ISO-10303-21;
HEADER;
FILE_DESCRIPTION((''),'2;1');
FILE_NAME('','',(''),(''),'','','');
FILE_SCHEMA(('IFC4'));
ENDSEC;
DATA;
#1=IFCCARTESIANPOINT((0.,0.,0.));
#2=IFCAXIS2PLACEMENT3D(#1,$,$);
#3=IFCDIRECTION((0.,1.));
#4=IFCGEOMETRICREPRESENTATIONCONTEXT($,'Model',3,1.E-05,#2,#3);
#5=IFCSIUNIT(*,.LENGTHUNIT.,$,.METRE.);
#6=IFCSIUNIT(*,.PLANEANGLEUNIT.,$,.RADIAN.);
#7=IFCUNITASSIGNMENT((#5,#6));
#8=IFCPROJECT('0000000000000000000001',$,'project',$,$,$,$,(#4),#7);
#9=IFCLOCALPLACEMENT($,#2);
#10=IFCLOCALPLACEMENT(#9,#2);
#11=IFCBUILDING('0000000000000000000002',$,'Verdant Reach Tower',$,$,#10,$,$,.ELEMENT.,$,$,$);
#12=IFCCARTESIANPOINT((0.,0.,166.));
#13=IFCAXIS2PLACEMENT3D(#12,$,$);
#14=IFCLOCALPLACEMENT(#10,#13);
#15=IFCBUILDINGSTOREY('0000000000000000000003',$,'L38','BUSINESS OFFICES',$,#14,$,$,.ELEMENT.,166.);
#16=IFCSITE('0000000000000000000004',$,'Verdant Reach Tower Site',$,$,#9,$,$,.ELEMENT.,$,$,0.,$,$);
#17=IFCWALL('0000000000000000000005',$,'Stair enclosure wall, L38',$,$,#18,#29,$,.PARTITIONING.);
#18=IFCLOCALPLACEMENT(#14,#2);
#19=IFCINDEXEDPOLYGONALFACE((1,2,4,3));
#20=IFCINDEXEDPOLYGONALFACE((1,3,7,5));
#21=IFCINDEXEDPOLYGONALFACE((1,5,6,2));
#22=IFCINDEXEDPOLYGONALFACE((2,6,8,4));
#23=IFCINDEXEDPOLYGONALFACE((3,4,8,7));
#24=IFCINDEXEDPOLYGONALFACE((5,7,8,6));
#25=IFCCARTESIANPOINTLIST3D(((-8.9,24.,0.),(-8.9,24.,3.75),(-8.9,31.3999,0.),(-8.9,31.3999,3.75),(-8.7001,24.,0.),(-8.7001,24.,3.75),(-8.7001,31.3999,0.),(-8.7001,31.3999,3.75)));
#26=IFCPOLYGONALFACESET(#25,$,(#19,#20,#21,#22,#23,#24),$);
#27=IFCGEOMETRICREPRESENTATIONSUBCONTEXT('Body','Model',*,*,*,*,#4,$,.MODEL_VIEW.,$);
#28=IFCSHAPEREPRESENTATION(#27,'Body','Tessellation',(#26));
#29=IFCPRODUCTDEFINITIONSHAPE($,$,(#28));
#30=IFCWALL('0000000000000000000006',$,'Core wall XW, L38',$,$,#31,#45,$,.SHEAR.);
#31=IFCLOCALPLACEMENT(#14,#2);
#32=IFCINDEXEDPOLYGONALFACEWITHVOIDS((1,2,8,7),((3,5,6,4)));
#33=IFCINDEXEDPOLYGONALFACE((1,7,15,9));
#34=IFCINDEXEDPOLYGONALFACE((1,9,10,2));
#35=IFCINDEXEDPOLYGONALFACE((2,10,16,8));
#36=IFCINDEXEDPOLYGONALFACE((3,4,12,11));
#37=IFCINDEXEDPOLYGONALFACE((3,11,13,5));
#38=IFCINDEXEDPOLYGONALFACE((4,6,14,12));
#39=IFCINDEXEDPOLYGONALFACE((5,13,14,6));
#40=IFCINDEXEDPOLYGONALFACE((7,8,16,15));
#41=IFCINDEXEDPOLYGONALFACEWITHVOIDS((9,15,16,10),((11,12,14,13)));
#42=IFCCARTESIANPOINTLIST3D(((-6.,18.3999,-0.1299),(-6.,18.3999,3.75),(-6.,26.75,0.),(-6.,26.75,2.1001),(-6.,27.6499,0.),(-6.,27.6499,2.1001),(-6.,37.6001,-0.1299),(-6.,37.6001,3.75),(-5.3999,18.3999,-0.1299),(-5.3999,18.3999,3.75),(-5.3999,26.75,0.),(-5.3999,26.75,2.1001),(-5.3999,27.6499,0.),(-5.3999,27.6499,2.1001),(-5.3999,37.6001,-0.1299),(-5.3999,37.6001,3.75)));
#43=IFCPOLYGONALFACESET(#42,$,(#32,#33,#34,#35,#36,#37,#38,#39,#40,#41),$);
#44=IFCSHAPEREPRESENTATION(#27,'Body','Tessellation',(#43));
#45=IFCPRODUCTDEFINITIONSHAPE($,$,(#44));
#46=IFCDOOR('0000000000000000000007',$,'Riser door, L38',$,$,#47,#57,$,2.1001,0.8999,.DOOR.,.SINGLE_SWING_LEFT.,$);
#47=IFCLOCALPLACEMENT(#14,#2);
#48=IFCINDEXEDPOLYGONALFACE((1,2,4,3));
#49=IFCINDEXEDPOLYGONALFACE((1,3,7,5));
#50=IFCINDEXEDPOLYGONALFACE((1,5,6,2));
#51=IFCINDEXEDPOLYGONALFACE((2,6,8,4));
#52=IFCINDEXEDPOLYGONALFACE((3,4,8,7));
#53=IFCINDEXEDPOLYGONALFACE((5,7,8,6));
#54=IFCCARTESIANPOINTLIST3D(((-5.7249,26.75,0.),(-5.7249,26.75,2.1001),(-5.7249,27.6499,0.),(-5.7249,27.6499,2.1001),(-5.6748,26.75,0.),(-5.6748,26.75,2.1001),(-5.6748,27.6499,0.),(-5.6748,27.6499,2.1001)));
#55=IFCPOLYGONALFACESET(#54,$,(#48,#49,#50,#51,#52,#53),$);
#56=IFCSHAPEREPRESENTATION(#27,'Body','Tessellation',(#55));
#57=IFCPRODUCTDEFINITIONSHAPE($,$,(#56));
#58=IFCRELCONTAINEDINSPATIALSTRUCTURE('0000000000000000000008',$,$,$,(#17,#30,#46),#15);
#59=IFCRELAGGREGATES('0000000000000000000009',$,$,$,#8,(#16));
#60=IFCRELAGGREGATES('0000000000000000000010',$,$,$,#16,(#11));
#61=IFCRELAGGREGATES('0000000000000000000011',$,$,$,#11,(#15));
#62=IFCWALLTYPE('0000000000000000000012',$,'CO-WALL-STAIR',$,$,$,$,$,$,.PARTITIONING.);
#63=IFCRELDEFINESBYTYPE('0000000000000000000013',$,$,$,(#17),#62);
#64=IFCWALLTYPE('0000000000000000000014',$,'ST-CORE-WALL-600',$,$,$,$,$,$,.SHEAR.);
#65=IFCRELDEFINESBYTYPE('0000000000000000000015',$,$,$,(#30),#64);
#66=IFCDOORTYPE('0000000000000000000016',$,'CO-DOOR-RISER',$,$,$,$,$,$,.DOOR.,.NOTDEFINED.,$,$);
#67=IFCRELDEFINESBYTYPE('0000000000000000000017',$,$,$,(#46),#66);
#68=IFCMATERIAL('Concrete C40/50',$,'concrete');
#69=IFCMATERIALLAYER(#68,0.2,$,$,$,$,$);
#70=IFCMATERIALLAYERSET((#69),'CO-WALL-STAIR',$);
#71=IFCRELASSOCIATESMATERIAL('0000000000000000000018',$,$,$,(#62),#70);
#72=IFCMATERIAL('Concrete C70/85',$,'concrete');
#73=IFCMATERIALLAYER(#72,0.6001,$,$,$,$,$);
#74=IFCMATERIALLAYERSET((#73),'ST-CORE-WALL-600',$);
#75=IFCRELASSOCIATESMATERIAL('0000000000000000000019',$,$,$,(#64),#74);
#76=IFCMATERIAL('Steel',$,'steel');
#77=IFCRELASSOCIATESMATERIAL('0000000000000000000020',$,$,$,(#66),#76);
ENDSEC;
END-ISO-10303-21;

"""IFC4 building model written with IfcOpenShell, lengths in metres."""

from ifc_helpers import new_model, si_unit, direction, frame, frame_2d, origin, place, context, subcontext, project, spatial, rectangle, extrude, material, layer, layer_set, type_object, element, fill, save


model = new_model("IFC4")

# Units and contexts
model_context = context("Model", 3, precision=1e-05, world=origin(), true_north=direction((0.0, 1.0)))
body_context = subcontext(model_context, "Body", "Model", "MODEL_VIEW")
ifc_project = project(units=[si_unit("LENGTHUNIT", "METRE"), si_unit("PLANEANGLEUNIT", "RADIAN")], contexts=[model_context])

# Site, building, storey
site_placement = place(None, origin())
site = spatial("IfcSite", under=ifc_project, at=site_placement, Name="Verdant Reach Tower Site", CompositionType="ELEMENT", RefElevation=0.0)
building_placement = place(site_placement, origin())
building = spatial("IfcBuilding", under=site, at=building_placement, Name="Verdant Reach Tower", CompositionType="ELEMENT")
storey_placement = place(building_placement, frame((0.0, 0.0, 166.0)))
storey = spatial("IfcBuildingStorey", under=building, at=storey_placement, Name="L38", Description="BUSINESS OFFICES", CompositionType="ELEMENT", Elevation=166.0)

# Shared definitions
ifc_material_1 = material(Name="Concrete C40/50", Category="concrete")

# Shared definitions
ifc_layer_1 = layer(ifc_material_1, 0.2)
ifc_layer_set_1 = layer_set([ifc_layer_1], Name="CO-WALL-STAIR")
wall_type_1 = type_object("IfcWallType", Name="CO-WALL-STAIR", PredefinedType="PARTITIONING", material=ifc_layer_set_1)

# Wall
wall_1_placement = place(storey_placement, frame((-8.8, 24.0, 0.0), z_axis=(0.0, 0.0, 1.0), x_axis=(0.0, 1.0, 0.0)))
element("IfcWall", 1, at=wall_1_placement, inside=storey, type_object=wall_type_1, Name="Stair enclosure wall, L38", PredefinedType="PARTITIONING", context=body_context, shape_type="SweptSolid", body=[
    extrude(rectangle(XDim=7.3999, YDim=0.2, at=frame_2d((3.7, 0.0))), origin(), (0.0, 0.0, 1.0), 3.75),
])

# Wall, opening, door
ifc_material_2 = material(Name="Concrete C70/85", Category="concrete")
ifc_layer_2 = layer(ifc_material_2, 0.6001)
ifc_layer_set_2 = layer_set([ifc_layer_2], Name="ST-CORE-WALL-600")
wall_type_2 = type_object("IfcWallType", Name="ST-CORE-WALL-600", PredefinedType="SHEAR", material=ifc_layer_set_2)
wall_2_placement = place(storey_placement, frame((-5.7, 18.3999, -0.1299), z_axis=(0.0, 0.0, 1.0), x_axis=(0.0, 1.0, 0.0)))
wall_2 = element("IfcWall", 2, at=wall_2_placement, inside=storey, type_object=wall_type_2, Name="Core wall XW, L38", PredefinedType="SHEAR", context=body_context, shape_type="SweptSolid", body=[
    extrude(rectangle(XDim=19.2002, YDim=0.6001, at=frame_2d((9.6001, 0.0))), origin(), (0.0, 0.0, 1.0), 3.8799),
])
opening_1_placement = place(wall_2_placement, frame((8.3501, 0.0, 0.1299)))
opening_1 = element("IfcOpeningElement", 3, at=opening_1_placement, cuts=wall_2, PredefinedType="OPENING", context=body_context, shape_type="SweptSolid", body=[
    extrude(rectangle(XDim=0.8999, YDim=2.1001, at=frame_2d((0.45, 1.05))), frame((0.0, 0.3101, 0.0), z_axis=(0.0, -1.0, 0.0), x_axis=(1.0, 0.0, 0.0)), (0.0, 0.0, 1.0), 0.6201),
])
ifc_material_3 = material(Name="Steel", Category="steel")
door_type_1 = type_object("IfcDoorType", Name="CO-DOOR-RISER", OperationType="NOTDEFINED", PredefinedType="DOOR", material=ifc_material_3)
door_1_placement = place(opening_1_placement, origin())
door_1 = element("IfcDoor", 4, at=door_1_placement, inside=storey, type_object=door_type_1, Name="Riser door, L38", OperationType="SINGLE_SWING_LEFT", OverallHeight=2.1001, OverallWidth=0.8999, PredefinedType="DOOR", context=body_context, shape_type="SweptSolid", body=[
    extrude(rectangle(XDim=0.8999, YDim=2.1001, at=frame_2d((0.45, 1.05))), frame((0.0, 0.0249, 0.0), z_axis=(0.0, -1.0, 0.0), x_axis=(1.0, 0.0, 0.0)), (0.0, 0.0, 1.0), 0.05),
])
fill(opening_1, door_1)

save(model, "model.ifc")
